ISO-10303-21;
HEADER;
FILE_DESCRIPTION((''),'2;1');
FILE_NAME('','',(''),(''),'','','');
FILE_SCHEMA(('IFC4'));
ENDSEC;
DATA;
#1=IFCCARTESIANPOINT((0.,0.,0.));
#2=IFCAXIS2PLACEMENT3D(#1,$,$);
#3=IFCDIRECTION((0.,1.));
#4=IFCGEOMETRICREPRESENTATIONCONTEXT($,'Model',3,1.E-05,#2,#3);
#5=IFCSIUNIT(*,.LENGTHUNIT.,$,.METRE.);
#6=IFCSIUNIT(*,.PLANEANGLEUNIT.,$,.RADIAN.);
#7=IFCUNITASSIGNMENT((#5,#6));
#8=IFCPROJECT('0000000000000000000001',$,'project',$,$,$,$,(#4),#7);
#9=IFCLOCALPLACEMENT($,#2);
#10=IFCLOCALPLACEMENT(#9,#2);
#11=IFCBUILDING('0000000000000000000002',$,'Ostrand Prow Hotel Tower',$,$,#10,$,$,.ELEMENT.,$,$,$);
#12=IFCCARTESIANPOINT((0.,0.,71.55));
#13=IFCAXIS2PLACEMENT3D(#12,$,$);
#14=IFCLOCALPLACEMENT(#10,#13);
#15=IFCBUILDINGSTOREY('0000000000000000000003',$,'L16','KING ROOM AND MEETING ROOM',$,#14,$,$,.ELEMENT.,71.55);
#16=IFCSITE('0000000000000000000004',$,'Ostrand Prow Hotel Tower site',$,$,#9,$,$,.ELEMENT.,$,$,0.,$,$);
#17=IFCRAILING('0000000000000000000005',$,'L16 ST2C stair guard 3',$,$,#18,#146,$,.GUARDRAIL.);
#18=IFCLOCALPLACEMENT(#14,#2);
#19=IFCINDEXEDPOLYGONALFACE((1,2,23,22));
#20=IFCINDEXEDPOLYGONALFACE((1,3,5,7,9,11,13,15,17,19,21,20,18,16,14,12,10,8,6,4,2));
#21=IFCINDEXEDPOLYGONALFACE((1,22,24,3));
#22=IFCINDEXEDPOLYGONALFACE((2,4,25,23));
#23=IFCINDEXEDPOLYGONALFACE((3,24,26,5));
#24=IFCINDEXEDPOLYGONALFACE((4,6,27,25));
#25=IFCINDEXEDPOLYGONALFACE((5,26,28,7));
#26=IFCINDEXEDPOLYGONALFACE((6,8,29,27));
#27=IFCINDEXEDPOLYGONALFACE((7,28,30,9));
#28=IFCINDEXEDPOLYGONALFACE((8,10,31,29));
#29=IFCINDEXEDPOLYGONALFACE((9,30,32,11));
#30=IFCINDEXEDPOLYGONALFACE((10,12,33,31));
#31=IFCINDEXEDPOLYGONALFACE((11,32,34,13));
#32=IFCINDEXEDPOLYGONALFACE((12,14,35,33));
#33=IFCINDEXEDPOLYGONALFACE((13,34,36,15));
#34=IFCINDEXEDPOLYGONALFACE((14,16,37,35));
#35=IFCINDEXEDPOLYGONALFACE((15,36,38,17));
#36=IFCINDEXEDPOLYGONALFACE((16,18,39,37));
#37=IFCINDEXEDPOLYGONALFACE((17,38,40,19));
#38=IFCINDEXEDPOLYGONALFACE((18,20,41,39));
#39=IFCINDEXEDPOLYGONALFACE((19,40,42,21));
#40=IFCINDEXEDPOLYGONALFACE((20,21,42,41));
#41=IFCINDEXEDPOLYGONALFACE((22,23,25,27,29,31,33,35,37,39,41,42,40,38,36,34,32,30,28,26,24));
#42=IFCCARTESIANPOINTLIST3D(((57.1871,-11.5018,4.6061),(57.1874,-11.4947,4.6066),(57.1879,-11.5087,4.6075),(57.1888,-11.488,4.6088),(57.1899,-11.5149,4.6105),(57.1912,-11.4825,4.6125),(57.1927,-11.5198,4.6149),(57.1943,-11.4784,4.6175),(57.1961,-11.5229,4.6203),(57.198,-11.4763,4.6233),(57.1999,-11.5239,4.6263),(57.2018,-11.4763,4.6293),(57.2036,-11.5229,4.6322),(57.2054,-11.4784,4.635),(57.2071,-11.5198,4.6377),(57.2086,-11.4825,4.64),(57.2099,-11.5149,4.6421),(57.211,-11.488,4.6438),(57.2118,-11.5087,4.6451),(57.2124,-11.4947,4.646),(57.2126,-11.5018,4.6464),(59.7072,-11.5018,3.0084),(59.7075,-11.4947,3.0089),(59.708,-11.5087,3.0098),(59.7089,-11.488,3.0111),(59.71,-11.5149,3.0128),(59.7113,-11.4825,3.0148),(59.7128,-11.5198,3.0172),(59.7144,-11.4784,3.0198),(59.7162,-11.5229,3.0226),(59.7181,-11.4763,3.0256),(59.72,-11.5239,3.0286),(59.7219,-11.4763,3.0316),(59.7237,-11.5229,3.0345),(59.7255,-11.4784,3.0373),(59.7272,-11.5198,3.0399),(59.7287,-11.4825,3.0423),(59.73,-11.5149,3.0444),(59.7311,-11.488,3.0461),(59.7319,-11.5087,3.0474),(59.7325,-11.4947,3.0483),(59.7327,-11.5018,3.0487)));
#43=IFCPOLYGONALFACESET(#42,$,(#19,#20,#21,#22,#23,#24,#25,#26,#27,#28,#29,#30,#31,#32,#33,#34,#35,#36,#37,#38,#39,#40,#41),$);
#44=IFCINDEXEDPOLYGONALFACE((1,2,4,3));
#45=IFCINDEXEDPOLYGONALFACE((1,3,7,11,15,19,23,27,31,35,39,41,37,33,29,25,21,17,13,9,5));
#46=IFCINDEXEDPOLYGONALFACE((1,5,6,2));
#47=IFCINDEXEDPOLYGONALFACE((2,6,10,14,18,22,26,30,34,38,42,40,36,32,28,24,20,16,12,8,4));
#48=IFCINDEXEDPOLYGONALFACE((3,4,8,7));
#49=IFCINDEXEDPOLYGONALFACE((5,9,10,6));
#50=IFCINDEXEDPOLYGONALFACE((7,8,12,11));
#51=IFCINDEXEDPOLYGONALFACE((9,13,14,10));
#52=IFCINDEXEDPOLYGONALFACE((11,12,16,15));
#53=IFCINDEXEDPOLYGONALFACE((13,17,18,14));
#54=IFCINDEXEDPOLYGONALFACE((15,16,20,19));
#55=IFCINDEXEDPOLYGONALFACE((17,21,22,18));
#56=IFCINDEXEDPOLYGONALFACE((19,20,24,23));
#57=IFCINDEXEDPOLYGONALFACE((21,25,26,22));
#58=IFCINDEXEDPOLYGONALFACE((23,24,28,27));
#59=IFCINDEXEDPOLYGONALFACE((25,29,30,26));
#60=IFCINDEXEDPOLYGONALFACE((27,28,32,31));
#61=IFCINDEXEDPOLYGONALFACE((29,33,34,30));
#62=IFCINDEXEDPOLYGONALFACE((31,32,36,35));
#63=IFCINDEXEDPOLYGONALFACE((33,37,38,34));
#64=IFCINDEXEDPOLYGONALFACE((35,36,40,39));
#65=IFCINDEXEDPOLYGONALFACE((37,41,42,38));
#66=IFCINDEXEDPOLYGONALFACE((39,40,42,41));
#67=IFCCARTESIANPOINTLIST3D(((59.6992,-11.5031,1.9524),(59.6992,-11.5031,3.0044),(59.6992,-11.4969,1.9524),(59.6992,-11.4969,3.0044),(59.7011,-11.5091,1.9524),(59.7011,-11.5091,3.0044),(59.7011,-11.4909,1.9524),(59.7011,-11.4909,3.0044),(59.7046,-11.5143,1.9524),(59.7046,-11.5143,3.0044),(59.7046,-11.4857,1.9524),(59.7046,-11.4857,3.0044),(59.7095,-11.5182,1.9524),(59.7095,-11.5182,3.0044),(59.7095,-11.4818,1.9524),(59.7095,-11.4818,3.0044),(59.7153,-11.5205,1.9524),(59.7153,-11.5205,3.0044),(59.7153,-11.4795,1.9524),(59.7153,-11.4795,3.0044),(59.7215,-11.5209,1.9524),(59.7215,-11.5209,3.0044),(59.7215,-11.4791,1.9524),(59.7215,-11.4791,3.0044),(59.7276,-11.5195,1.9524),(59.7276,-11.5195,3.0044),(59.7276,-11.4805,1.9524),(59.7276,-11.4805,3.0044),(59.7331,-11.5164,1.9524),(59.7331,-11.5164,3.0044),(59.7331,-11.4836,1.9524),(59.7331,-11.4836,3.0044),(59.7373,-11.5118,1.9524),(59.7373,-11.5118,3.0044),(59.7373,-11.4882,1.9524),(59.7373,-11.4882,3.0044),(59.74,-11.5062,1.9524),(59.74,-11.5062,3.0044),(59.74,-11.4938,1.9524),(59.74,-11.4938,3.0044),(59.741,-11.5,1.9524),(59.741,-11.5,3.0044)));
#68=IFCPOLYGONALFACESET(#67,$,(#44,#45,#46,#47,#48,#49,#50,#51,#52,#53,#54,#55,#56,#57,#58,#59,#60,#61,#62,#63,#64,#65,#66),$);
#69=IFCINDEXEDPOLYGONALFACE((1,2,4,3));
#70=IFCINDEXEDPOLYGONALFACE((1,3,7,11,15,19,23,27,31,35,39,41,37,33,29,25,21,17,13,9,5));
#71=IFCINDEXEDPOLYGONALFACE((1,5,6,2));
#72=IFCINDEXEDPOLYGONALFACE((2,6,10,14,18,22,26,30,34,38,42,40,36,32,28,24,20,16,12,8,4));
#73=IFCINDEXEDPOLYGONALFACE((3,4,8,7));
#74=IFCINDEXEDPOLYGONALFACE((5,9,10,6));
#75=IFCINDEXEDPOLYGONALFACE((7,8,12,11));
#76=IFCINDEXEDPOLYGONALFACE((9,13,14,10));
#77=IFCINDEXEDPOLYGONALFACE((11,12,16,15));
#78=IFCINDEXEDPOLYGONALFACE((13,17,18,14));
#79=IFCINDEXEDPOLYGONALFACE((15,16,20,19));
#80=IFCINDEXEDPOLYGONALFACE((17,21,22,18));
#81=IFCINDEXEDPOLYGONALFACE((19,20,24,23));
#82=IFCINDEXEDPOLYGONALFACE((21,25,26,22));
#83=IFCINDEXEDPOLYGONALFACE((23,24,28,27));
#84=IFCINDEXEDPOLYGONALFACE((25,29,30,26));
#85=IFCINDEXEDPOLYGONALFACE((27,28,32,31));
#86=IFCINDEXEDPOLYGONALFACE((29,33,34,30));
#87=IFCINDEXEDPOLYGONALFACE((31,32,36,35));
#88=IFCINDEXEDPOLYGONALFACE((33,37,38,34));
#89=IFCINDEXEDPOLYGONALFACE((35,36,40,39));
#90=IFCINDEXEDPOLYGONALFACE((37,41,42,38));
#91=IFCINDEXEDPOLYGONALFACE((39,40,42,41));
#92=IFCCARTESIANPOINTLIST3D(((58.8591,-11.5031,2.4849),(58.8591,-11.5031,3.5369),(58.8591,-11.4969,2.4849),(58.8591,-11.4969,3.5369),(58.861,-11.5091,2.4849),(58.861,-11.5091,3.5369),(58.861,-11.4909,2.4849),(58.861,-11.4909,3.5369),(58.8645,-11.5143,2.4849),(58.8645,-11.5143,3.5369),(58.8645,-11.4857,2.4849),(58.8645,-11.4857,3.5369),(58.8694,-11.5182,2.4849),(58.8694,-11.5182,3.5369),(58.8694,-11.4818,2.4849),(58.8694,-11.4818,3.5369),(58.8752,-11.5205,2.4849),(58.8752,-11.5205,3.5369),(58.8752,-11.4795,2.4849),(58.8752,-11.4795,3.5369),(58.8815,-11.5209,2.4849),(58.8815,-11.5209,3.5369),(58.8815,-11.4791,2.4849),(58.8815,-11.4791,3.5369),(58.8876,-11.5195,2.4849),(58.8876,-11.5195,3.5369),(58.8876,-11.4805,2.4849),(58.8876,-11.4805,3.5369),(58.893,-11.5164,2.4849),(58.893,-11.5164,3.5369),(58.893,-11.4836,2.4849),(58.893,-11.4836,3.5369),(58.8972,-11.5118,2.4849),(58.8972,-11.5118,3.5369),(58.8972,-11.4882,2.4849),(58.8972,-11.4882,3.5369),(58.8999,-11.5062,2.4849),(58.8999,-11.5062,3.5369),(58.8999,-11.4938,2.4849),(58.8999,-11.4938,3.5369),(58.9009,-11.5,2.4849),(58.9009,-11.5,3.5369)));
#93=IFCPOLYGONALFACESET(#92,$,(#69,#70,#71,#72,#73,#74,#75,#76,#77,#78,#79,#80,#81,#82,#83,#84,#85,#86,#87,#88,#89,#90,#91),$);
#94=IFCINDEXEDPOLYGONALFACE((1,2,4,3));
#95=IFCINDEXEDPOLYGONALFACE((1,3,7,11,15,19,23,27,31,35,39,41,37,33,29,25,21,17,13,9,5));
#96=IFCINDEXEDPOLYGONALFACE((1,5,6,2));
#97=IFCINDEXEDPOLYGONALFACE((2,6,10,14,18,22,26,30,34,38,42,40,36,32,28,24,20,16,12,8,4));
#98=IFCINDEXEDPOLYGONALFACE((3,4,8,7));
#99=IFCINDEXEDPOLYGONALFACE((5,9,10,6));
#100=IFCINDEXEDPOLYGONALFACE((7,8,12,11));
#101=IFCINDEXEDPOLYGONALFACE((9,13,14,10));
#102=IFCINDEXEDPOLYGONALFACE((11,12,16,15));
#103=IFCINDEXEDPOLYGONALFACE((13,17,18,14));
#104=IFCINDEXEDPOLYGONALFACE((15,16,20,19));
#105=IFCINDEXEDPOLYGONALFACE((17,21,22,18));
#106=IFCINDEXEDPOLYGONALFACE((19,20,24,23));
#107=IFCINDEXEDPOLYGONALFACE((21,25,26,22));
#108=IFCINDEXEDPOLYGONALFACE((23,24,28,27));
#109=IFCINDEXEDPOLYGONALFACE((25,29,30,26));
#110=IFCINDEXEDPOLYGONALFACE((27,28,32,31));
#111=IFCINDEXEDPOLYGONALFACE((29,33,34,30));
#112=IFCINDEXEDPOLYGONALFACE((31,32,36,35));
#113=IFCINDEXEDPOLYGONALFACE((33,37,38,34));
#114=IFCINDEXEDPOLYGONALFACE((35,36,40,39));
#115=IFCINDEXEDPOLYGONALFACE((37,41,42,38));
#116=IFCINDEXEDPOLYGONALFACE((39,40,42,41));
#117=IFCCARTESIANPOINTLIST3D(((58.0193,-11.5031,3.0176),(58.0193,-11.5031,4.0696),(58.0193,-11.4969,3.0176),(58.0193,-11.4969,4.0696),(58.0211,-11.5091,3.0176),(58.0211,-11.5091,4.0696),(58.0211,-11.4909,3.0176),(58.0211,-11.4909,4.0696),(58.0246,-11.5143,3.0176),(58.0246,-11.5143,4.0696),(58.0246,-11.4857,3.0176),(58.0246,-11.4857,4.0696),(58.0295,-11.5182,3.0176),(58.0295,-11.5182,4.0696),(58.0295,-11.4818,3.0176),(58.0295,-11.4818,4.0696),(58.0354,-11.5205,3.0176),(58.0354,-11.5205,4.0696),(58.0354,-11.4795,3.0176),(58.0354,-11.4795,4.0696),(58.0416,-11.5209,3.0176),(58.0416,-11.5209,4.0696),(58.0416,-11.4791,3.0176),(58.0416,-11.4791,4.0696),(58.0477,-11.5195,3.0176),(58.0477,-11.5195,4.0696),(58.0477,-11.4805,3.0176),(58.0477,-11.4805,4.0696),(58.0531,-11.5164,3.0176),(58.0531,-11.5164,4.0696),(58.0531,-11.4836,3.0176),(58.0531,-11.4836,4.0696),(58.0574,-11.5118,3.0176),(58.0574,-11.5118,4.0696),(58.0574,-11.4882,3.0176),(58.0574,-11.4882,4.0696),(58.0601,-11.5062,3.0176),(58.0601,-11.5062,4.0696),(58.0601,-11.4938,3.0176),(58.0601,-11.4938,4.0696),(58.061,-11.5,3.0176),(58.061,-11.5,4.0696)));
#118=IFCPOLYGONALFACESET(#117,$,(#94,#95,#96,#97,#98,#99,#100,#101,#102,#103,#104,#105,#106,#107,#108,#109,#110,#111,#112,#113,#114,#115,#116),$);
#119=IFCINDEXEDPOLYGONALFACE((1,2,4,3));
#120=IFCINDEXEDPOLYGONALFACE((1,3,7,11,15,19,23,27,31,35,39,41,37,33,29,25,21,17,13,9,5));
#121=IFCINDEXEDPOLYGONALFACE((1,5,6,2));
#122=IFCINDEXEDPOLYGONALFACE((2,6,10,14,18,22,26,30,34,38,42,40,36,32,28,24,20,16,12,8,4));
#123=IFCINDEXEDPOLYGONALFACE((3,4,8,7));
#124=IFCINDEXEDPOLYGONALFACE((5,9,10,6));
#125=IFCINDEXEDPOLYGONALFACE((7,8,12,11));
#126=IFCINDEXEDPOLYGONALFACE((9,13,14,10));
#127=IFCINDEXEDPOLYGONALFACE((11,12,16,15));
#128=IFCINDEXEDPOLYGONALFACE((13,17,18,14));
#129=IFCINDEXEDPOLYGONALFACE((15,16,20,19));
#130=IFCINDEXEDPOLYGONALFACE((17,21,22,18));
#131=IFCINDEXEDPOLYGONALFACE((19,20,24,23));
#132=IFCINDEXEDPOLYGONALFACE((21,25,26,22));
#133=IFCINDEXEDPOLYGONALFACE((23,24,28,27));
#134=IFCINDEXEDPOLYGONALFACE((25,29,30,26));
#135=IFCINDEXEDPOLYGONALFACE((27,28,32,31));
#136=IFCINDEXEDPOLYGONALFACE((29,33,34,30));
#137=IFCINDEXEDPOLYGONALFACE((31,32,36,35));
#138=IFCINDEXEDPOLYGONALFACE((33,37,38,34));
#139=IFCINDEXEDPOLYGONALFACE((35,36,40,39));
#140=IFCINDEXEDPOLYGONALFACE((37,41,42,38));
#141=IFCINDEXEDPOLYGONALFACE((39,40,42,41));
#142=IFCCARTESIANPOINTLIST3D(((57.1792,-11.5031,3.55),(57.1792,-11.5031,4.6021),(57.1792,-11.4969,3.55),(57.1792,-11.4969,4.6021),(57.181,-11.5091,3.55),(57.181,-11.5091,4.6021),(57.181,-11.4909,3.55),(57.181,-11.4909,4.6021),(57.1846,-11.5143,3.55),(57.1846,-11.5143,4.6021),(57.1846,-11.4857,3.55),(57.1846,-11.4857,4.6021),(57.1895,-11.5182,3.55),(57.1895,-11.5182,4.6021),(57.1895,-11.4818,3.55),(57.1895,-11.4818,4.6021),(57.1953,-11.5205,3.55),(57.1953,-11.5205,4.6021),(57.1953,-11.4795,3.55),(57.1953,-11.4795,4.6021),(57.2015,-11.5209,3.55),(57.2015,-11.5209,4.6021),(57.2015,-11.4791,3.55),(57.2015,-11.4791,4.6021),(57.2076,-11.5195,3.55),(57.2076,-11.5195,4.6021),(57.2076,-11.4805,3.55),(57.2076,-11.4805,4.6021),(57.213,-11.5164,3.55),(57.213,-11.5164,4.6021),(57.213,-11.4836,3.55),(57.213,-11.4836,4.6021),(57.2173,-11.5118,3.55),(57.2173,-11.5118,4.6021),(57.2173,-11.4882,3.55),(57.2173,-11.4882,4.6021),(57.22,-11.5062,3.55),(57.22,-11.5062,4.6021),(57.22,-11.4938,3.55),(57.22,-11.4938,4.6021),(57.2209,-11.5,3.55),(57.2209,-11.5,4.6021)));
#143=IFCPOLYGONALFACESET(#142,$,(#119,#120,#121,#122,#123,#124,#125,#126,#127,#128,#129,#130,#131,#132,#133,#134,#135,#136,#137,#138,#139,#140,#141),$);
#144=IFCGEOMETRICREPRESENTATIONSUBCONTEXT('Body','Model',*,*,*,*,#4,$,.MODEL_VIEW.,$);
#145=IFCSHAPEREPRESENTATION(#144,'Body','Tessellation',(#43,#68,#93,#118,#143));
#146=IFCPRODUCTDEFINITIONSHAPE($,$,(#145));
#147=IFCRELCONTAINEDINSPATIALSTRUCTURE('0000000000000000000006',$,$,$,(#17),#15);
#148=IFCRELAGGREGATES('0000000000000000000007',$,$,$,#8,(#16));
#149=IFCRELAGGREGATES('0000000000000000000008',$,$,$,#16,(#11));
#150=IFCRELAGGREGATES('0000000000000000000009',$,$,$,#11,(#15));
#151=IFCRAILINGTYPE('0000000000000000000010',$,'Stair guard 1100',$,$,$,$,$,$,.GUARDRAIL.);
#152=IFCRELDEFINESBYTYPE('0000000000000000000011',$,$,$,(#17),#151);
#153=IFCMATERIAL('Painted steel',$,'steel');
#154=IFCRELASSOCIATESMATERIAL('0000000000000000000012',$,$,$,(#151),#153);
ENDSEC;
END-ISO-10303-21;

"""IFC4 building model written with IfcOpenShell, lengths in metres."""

from ifc_helpers import new_model, si_unit, direction, frame, origin, origin_2d, place, context, subcontext, project, spatial, circle, extrude, material, type_object, element, save


model = new_model("IFC4")

# Units and contexts
model_context = context("Model", 3, precision=1e-05, world=origin(), true_north=direction((0.0, 1.0)))
body_context = subcontext(model_context, "Body", "Model", "MODEL_VIEW")
ifc_project = project(units=[si_unit("LENGTHUNIT", "METRE"), si_unit("PLANEANGLEUNIT", "RADIAN")], contexts=[model_context])

# Site, building, storey
site_placement = place(None, origin())
site = spatial("IfcSite", under=ifc_project, at=site_placement, Name="Ostrand Prow Hotel Tower site", CompositionType="ELEMENT", RefElevation=0.0)
building_placement = place(site_placement, origin())
building = spatial("IfcBuilding", under=site, at=building_placement, Name="Ostrand Prow Hotel Tower", CompositionType="ELEMENT")
storey_placement = place(building_placement, frame((0.0, 0.0, 71.55)))
storey = spatial("IfcBuildingStorey", under=building, at=storey_placement, Name="L16", Description="KING ROOM AND MEETING ROOM", CompositionType="ELEMENT", Elevation=71.55)

# Railing
ifc_material_1 = material(Name="Painted steel", Category="steel")
railing_type_1 = type_object("IfcRailingType", Name="Stair guard 1100", PredefinedType="GUARDRAIL", material=ifc_material_1)
railing_1_placement = place(storey_placement, frame((59.72, -11.5, 1.9524)))
element("IfcRailing", 1, at=railing_1_placement, inside=storey, type_object=railing_type_1, Name="L16 ST2C stair guard 3", PredefinedType="GUARDRAIL", context=body_context, shape_type="SweptSolid", body=[
    extrude(circle(Radius=0.0239, at=origin_2d()), frame((0.0, 0.0, 1.0762), z_axis=(-0.84457, 0.0, 0.535445), x_axis=(0.0, -1.0, 0.0)), (0.0, 0.0, 1.0), 2.9839),
    extrude(circle(Radius=0.021, at=origin_2d()), origin(), (0.0, 0.0, 1.0), 1.052),
    extrude(circle(Radius=0.021, at=origin_2d()), frame((-0.8401, 0.0, 0.5325)), (0.0, 0.0, 1.0), 1.052),
    extrude(circle(Radius=0.021, at=origin_2d()), frame((-1.6799, 0.0, 1.0652)), (0.0, 0.0, 1.0), 1.052),
    extrude(circle(Radius=0.021, at=origin_2d()), frame((-2.52, 0.0, 1.5977)), (0.0, 0.0, 1.0), 1.052),
])

save(model, "model.ifc")
